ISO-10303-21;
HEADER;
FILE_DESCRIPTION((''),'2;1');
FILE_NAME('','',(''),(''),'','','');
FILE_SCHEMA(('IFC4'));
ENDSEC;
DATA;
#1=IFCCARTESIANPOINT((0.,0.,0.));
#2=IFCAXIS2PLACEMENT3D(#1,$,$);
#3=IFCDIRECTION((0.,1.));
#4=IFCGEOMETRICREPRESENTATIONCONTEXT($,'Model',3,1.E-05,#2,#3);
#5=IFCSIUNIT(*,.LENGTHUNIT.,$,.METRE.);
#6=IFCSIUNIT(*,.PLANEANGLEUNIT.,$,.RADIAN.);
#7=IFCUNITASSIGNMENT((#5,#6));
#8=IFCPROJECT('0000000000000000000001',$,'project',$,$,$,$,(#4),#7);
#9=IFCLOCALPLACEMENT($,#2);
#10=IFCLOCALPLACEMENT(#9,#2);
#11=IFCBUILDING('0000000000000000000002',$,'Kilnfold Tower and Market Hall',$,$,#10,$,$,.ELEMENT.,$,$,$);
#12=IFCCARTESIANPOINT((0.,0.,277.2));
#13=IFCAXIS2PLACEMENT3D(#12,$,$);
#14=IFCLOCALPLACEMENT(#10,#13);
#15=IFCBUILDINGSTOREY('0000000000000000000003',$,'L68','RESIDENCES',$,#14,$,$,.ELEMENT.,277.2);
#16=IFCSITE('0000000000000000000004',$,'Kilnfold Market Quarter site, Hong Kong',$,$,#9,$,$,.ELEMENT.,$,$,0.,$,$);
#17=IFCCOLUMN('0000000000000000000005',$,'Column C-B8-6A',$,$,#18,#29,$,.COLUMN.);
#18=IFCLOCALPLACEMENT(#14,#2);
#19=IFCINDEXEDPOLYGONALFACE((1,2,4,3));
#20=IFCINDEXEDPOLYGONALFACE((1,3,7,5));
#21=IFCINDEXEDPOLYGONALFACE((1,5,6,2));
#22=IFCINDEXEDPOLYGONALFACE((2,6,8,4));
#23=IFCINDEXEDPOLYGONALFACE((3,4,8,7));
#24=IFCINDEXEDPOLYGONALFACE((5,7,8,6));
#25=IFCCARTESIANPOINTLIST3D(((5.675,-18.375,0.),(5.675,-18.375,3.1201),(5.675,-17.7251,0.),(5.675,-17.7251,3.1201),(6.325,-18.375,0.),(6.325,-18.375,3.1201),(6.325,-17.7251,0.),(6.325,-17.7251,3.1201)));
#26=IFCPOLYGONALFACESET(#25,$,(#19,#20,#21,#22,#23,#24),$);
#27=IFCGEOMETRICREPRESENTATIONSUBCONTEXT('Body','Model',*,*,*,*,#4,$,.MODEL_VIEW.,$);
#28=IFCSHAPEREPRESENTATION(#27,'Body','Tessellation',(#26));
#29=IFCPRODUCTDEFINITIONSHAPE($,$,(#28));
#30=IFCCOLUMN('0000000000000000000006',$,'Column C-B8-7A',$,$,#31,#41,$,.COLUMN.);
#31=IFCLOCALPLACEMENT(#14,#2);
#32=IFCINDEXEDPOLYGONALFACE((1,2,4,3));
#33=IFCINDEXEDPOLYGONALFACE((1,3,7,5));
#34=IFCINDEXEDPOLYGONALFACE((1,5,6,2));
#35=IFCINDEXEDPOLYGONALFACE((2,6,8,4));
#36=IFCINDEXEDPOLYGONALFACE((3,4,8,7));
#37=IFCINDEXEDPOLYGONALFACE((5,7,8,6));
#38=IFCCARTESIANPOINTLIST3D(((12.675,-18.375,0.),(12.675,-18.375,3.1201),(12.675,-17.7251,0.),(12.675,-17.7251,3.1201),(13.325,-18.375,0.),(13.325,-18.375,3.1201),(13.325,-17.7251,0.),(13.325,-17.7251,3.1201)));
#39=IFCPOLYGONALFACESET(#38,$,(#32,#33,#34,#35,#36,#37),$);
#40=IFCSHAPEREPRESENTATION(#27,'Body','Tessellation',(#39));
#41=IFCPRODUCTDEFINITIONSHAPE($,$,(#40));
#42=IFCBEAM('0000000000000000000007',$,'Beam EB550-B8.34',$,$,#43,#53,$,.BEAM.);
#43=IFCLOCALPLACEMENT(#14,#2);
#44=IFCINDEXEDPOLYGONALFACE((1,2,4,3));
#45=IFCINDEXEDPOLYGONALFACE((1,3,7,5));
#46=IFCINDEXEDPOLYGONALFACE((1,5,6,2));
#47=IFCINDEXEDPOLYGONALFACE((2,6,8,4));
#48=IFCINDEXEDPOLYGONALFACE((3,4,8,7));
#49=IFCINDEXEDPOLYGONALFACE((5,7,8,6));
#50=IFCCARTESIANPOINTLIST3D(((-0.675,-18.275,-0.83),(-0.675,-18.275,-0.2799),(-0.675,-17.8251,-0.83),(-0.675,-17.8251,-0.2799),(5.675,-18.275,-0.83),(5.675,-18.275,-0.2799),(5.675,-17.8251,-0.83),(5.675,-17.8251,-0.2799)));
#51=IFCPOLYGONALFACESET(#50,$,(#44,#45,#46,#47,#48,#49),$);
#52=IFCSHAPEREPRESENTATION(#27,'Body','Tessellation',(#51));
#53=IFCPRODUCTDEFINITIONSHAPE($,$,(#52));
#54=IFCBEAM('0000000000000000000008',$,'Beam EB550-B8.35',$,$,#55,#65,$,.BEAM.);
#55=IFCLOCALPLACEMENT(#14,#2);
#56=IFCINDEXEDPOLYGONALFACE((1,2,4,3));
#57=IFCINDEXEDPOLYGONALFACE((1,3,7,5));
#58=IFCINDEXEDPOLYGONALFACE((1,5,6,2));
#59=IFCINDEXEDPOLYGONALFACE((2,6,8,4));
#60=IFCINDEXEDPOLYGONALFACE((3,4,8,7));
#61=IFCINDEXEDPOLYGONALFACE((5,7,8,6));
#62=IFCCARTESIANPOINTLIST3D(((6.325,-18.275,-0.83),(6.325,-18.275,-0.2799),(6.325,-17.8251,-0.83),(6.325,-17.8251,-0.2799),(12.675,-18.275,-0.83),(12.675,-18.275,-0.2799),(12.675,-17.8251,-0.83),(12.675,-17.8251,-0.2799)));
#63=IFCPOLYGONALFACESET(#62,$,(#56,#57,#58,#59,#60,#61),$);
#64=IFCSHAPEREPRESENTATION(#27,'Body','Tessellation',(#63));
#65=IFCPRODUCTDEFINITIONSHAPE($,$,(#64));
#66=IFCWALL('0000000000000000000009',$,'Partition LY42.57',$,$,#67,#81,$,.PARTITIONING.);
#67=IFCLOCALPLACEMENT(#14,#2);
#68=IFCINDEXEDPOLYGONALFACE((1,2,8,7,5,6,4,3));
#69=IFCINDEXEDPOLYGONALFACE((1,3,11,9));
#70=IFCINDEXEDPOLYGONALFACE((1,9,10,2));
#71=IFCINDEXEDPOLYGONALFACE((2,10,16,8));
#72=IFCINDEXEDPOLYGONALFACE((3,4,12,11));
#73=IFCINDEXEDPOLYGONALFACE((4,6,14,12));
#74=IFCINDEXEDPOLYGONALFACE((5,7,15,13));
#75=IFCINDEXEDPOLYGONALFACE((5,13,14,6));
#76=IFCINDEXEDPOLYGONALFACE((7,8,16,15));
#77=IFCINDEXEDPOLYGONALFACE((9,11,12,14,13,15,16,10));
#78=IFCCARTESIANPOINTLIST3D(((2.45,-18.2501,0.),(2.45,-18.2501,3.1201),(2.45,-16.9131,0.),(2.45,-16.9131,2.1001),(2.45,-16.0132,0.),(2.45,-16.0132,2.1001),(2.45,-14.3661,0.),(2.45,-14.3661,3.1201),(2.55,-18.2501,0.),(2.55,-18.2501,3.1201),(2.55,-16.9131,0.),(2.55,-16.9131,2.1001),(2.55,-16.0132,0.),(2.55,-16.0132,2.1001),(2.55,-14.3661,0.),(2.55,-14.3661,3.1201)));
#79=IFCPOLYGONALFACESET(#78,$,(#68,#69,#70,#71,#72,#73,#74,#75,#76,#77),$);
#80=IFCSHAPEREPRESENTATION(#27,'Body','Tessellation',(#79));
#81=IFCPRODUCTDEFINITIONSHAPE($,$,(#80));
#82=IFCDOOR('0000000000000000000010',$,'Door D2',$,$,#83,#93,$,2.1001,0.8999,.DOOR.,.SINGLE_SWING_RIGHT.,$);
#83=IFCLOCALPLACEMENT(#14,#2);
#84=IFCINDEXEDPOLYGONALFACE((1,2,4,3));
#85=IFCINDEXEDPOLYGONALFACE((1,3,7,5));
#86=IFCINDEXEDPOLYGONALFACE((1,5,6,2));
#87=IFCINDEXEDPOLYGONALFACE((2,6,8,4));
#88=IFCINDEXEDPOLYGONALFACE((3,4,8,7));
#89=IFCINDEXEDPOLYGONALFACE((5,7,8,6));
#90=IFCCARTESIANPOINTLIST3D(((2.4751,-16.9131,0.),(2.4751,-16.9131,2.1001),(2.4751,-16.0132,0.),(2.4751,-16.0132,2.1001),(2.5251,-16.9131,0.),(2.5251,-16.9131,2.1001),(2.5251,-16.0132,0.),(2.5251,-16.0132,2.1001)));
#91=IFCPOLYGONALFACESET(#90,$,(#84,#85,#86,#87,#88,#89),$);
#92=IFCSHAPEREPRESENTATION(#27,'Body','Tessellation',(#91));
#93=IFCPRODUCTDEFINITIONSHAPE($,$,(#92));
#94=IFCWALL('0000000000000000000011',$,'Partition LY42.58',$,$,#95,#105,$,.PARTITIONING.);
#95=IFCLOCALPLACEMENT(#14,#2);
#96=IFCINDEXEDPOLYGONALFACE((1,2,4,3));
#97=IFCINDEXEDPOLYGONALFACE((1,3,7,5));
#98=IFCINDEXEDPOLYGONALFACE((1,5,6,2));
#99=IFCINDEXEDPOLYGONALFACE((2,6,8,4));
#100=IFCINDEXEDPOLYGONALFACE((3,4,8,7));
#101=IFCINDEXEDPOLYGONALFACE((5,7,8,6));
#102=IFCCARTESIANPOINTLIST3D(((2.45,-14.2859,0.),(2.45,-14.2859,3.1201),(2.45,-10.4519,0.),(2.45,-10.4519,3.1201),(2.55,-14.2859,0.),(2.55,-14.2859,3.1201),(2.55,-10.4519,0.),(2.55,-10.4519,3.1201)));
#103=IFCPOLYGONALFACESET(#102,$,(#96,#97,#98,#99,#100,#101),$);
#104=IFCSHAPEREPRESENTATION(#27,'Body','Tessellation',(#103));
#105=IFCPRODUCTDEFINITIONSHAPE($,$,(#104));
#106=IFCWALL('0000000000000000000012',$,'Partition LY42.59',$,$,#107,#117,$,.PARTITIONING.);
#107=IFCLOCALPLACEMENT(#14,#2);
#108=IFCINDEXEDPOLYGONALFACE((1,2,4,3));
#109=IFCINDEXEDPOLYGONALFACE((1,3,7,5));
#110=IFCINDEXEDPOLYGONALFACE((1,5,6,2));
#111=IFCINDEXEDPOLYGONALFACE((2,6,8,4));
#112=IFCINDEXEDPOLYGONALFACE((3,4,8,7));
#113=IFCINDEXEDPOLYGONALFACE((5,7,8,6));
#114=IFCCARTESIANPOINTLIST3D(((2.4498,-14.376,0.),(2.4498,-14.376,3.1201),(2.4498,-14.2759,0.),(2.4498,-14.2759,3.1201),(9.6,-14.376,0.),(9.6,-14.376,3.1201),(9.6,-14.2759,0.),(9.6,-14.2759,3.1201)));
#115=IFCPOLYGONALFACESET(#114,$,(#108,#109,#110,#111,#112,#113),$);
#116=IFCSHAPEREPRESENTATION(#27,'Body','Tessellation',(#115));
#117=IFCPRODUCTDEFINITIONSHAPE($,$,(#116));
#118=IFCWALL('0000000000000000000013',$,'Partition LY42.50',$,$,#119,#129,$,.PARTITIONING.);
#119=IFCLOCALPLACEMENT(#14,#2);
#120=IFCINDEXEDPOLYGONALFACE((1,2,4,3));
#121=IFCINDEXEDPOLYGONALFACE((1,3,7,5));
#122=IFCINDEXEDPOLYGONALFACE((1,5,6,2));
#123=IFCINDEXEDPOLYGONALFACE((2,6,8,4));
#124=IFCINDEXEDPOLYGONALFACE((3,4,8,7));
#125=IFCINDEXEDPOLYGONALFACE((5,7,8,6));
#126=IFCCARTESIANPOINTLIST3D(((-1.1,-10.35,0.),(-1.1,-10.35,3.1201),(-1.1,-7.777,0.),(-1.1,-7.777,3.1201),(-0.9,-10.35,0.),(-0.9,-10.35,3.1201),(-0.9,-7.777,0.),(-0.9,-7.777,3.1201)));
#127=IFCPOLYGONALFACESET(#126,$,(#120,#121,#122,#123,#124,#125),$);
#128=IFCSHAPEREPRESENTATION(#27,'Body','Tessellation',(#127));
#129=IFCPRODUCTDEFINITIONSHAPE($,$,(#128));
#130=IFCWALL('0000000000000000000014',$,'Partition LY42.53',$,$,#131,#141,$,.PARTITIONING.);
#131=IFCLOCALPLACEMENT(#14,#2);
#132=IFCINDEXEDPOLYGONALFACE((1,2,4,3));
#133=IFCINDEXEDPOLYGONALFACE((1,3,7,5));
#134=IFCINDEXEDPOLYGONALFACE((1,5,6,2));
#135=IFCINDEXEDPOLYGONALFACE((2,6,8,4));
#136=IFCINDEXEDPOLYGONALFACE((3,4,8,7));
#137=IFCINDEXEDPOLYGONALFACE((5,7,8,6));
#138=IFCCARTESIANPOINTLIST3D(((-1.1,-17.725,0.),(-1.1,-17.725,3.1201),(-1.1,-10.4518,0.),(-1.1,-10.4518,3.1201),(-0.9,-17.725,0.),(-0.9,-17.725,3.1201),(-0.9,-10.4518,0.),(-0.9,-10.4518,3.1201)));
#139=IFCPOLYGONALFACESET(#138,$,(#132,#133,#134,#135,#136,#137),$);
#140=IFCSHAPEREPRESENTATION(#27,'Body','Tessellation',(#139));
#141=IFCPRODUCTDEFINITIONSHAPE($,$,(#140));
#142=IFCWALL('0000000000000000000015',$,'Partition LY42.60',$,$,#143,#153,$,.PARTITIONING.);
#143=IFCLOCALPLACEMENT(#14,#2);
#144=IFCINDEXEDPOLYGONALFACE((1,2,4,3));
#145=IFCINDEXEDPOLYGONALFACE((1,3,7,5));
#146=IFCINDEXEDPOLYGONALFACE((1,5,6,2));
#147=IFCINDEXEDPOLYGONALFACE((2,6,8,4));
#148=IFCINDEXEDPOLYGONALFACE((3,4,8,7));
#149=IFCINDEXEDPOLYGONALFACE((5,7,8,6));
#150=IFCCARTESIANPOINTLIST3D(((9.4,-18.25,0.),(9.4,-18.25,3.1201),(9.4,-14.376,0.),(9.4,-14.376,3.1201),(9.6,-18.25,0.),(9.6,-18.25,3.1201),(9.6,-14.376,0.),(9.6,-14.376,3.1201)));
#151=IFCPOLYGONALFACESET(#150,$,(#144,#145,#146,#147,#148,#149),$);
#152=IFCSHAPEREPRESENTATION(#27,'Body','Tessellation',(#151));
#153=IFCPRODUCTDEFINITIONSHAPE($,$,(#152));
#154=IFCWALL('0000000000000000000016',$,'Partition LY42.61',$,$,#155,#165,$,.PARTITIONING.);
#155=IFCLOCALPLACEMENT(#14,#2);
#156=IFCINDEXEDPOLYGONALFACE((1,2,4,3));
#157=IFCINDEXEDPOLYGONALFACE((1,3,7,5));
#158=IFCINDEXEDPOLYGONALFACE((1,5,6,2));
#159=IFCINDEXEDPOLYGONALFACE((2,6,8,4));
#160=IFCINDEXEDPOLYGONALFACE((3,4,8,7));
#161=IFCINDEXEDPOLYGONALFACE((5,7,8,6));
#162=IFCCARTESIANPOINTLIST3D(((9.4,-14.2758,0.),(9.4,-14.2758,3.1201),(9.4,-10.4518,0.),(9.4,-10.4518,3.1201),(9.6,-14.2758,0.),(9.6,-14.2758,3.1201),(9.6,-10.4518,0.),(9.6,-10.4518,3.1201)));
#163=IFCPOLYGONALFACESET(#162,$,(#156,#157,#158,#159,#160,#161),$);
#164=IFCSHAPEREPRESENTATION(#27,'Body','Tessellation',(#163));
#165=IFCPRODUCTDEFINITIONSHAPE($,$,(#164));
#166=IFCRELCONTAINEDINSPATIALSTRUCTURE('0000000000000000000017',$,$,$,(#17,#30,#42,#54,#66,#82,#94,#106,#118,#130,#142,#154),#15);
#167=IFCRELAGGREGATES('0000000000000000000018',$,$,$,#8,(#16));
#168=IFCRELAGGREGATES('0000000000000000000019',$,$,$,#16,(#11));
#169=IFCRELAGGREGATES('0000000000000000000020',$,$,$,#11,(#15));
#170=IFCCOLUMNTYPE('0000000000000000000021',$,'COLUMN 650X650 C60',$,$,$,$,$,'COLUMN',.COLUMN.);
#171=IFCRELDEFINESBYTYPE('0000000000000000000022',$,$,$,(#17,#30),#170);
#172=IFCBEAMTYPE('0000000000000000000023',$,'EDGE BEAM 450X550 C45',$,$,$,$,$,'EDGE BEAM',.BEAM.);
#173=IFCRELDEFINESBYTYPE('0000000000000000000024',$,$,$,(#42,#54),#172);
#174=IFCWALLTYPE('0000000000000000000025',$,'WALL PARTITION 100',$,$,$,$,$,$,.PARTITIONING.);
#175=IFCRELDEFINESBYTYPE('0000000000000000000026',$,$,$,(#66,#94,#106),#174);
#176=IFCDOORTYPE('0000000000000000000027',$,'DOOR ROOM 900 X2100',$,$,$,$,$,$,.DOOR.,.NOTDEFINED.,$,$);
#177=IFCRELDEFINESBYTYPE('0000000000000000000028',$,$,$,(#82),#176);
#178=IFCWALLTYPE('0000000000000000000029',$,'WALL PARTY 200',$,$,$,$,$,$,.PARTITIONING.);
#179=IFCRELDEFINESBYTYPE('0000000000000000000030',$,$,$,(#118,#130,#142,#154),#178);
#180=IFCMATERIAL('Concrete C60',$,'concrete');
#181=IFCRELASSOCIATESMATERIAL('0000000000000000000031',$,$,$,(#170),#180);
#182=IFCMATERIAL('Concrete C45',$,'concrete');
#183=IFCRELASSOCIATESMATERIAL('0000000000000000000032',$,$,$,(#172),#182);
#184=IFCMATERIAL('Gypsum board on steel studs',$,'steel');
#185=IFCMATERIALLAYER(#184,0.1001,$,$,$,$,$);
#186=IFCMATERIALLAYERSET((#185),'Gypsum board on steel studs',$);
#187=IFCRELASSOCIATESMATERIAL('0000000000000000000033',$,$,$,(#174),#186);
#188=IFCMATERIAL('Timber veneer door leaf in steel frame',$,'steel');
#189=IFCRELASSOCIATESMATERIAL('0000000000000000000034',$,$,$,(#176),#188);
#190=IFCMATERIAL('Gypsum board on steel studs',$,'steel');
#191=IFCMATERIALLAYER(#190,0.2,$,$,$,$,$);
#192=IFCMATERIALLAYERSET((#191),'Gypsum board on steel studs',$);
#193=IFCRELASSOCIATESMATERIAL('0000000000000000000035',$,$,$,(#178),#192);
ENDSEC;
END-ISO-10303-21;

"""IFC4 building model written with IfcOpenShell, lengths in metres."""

from ifc_helpers import new_model, si_unit, direction, frame, frame_2d, origin, origin_2d, place, context, subcontext, project, spatial, rectangle, extrude, source, transform, mapped, material, layer, layer_set, material_profile, profile_set, type_object, element, fill, save


model = new_model("IFC4")

# Units and contexts
model_context = context("Model", 3, precision=1e-05, world=origin(), true_north=direction((0.0, 1.0)))
body_context = subcontext(model_context, "Body", "Model", "MODEL_VIEW")
ifc_project = project(units=[si_unit("LENGTHUNIT", "METRE"), si_unit("PLANEANGLEUNIT", "RADIAN")], contexts=[model_context])

# Site, building, storey
site_placement = place(None, origin())
site = spatial("IfcSite", under=ifc_project, at=site_placement, Name="Kilnfold Market Quarter site, Hong Kong", CompositionType="ELEMENT", RefElevation=0.0)
building_placement = place(site_placement, origin())
building = spatial("IfcBuilding", under=site, at=building_placement, Name="Kilnfold Tower and Market Hall", CompositionType="ELEMENT")
storey_placement = place(building_placement, frame((0.0, 0.0, 277.2)))
storey = spatial("IfcBuildingStorey", under=building, at=storey_placement, Name="L68", Description="RESIDENCES", CompositionType="ELEMENT", Elevation=277.2)

# Columns
ifc_material_1 = material(Name="Concrete C60", Category="concrete")
ifc_material_profile_1 = material_profile(ifc_material_1, rectangle(XDim=0.6499, YDim=0.6499, at=origin_2d()), Name="RC 650x650")
ifc_profile_set_1 = profile_set([ifc_material_profile_1], Name="Concrete C60")
column_type = type_object("IfcColumnType", Name="COLUMN 650X650 C60", ElementType="COLUMN", PredefinedType="COLUMN", material=ifc_profile_set_1)
shared_shape_1 = source(origin(), body_context, "Body", "SweptSolid", [
    extrude(rectangle(XDim=0.6499, YDim=0.6499, at=origin_2d()), origin(), (0.0, 0.0, 1.0), 3.1201),
])
for number, where, z_axis, x_axis, name in (
    (1, (6.0, -18.05, 0.0), (0.0, 0.0, 1.0), (1.0, 0.0, 0.0), "Column C-B8-6A"),
    (2, (13.0, -18.05, 0.0), (0.0, 0.0, 1.0), (1.0, 0.0, 0.0), "Column C-B8-7A"),
):
    element("IfcColumn", number, at=place(storey_placement, frame(where, z_axis=z_axis, x_axis=x_axis)), inside=storey, type_object=column_type, Name=name, PredefinedType="COLUMN", context=body_context, shape_type="MappedRepresentation", body=[
        mapped(shared_shape_1, transform((0.0, 0.0, 0.0))),
    ])

# Beams
ifc_material_2 = material(Name="Concrete C45", Category="concrete")
ifc_material_profile_2 = material_profile(ifc_material_2, rectangle(XDim=0.45, YDim=0.55, at=origin_2d()), Name="RC 450x550")
ifc_profile_set_2 = profile_set([ifc_material_profile_2], Name="Concrete C45")
beam_type = type_object("IfcBeamType", Name="EDGE BEAM 450X550 C45", ElementType="EDGE BEAM", PredefinedType="BEAM", material=ifc_profile_set_2)
shared_shape_2 = source(origin(), body_context, "Body", "SweptSolid", [
    extrude(rectangle(XDim=0.45, YDim=0.55, at=origin_2d()), origin(), (0.0, 0.0, 1.0), 6.3501),
])
for number, where, z_axis, x_axis, name in (
    (3, (-0.675, -18.05, -0.5549), (1.0, 0.0, 0.0), (0.0, 1.0, 0.0), "Beam EB550-B8.34"),
    (4, (6.325, -18.05, -0.5549), (1.0, 0.0, 0.0), (0.0, 1.0, 0.0), "Beam EB550-B8.35"),
):
    element("IfcBeam", number, at=place(storey_placement, frame(where, z_axis=z_axis, x_axis=x_axis)), inside=storey, type_object=beam_type, Name=name, PredefinedType="BEAM", context=body_context, shape_type="MappedRepresentation", body=[
        mapped(shared_shape_2, transform((0.0, 0.0, 0.0))),
    ])

# Wall, opening, door
ifc_material_3 = material(Name="Gypsum board on steel studs", Category="steel")
ifc_layer_1 = layer(ifc_material_3, 0.1001)
ifc_layer_set_1 = layer_set([ifc_layer_1], Name="Gypsum board on steel studs")
wall_type_1 = type_object("IfcWallType", Name="WALL PARTITION 100", PredefinedType="PARTITIONING", material=ifc_layer_set_1)
wall_1_placement = place(storey_placement, frame((2.5, -18.25, 0.0), z_axis=(0.0, 0.0, 1.0), x_axis=(0.0, 1.0, 0.0)))
wall_1 = element("IfcWall", 5, at=wall_1_placement, inside=storey, type_object=wall_type_1, Name="Partition LY42.57", PredefinedType="PARTITIONING", context=body_context, shape_type="SweptSolid", body=[
    extrude(rectangle(XDim=3.884, YDim=0.1001, at=frame_2d((1.9419, 0.0))), origin(), (0.0, 0.0, 1.0), 3.1201),
])
opening_1_placement = place(wall_1_placement, frame((1.3369, 0.0, 0.0)))
opening_1 = element("IfcOpeningElement", 6, at=opening_1_placement, cuts=wall_1, PredefinedType="OPENING", context=body_context, shape_type="SweptSolid", body=[
    extrude(rectangle(XDim=0.8999, YDim=2.1001, at=frame_2d((0.45, 1.05))), frame((0.0, 0.0601, 0.0), z_axis=(0.0, -1.0, 0.0), x_axis=(1.0, 0.0, 0.0)), (0.0, 0.0, 1.0), 0.1201),
])
ifc_material_4 = material(Name="Timber veneer door leaf in steel frame", Category="steel")
door_type = type_object("IfcDoorType", Name="DOOR ROOM 900 X2100", OperationType="NOTDEFINED", PredefinedType="DOOR", material=ifc_material_4)
door_placement = place(opening_1_placement, origin())
door = element("IfcDoor", 7, at=door_placement, inside=storey, type_object=door_type, Name="Door D2", OperationType="SINGLE_SWING_RIGHT", OverallHeight=2.1001, OverallWidth=0.8999, PredefinedType="DOOR", context=body_context, shape_type="SweptSolid", body=[
    extrude(rectangle(XDim=0.8999, YDim=2.1001, at=frame_2d((0.45, 1.05))), frame((0.0, 0.0249, 0.0), z_axis=(0.0, -1.0, 0.0), x_axis=(1.0, 0.0, 0.0)), (0.0, 0.0, 1.0), 0.05),
])
fill(opening_1, door)

# Walls
wall_2_placement = place(storey_placement, frame((2.5, -14.2859, 0.0), z_axis=(0.0, 0.0, 1.0), x_axis=(0.0, 1.0, 0.0)))
element("IfcWall", 8, at=wall_2_placement, inside=storey, type_object=wall_type_1, Name="Partition LY42.58", PredefinedType="PARTITIONING", context=body_context, shape_type="SweptSolid", body=[
    extrude(rectangle(XDim=3.834, YDim=0.1001, at=frame_2d((1.917, 0.0))), origin(), (0.0, 0.0, 1.0), 3.1201),
])
wall_3_placement = place(storey_placement, frame((9.6001, -14.3259, 0.0), z_axis=(0.0, 0.0, 1.0), x_axis=(-1.0, 0.0, 0.0)))
element("IfcWall", 9, at=wall_3_placement, inside=storey, type_object=wall_type_1, Name="Partition LY42.59", PredefinedType="PARTITIONING", context=body_context, shape_type="SweptSolid", body=[
    extrude(rectangle(XDim=7.1501, YDim=0.1001, at=frame_2d((3.5752, 0.0))), origin(), (0.0, 0.0, 1.0), 3.1201),
])
ifc_material_5 = material(Name="Gypsum board on steel studs", Category="steel")
ifc_layer_2 = layer(ifc_material_5, 0.2)
ifc_layer_set_2 = layer_set([ifc_layer_2], Name="Gypsum board on steel studs")
wall_type_2 = type_object("IfcWallType", Name="WALL PARTY 200", PredefinedType="PARTITIONING", material=ifc_layer_set_2)
wall_4_placement = place(storey_placement, frame((-1.0, -10.3501, 0.0), z_axis=(0.0, 0.0, 1.0), x_axis=(0.0, 1.0, 0.0)))
element("IfcWall", 10, at=wall_4_placement, inside=storey, type_object=wall_type_2, Name="Partition LY42.50", PredefinedType="PARTITIONING", context=body_context, shape_type="SweptSolid", body=[
    extrude(rectangle(XDim=2.573, YDim=0.2, at=frame_2d((1.2866, 0.0))), origin(), (0.0, 0.0, 1.0), 3.1201),
])
wall_5_placement = place(storey_placement, frame((-1.0, -17.7251, 0.0), z_axis=(0.0, 0.0, 1.0), x_axis=(0.0, 1.0, 0.0)))
element("IfcWall", 11, at=wall_5_placement, inside=storey, type_object=wall_type_2, Name="Partition LY42.53", PredefinedType="PARTITIONING", context=body_context, shape_type="SweptSolid", body=[
    extrude(rectangle(XDim=7.2732, YDim=0.2, at=frame_2d((3.6367, 0.0))), origin(), (0.0, 0.0, 1.0), 3.1201),
])
wall_6_placement = place(storey_placement, frame((9.5, -18.25, 0.0), z_axis=(0.0, 0.0, 1.0), x_axis=(0.0, 1.0, 0.0)))
element("IfcWall", 12, at=wall_6_placement, inside=storey, type_object=wall_type_2, Name="Partition LY42.60", PredefinedType="PARTITIONING", context=body_context, shape_type="SweptSolid", body=[
    extrude(rectangle(XDim=3.874, YDim=0.2, at=frame_2d((1.937, 0.0))), origin(), (0.0, 0.0, 1.0), 3.1201),
])
wall_7_placement = place(storey_placement, frame((9.5, -14.2759, 0.0), z_axis=(0.0, 0.0, 1.0), x_axis=(0.0, 1.0, 0.0)))
element("IfcWall", 13, at=wall_7_placement, inside=storey, type_object=wall_type_2, Name="Partition LY42.61", PredefinedType="PARTITIONING", context=body_context, shape_type="SweptSolid", body=[
    extrude(rectangle(XDim=3.824, YDim=0.2, at=frame_2d((1.9121, 0.0))), origin(), (0.0, 0.0, 1.0), 3.1201),
])

save(model, "model.ifc")
